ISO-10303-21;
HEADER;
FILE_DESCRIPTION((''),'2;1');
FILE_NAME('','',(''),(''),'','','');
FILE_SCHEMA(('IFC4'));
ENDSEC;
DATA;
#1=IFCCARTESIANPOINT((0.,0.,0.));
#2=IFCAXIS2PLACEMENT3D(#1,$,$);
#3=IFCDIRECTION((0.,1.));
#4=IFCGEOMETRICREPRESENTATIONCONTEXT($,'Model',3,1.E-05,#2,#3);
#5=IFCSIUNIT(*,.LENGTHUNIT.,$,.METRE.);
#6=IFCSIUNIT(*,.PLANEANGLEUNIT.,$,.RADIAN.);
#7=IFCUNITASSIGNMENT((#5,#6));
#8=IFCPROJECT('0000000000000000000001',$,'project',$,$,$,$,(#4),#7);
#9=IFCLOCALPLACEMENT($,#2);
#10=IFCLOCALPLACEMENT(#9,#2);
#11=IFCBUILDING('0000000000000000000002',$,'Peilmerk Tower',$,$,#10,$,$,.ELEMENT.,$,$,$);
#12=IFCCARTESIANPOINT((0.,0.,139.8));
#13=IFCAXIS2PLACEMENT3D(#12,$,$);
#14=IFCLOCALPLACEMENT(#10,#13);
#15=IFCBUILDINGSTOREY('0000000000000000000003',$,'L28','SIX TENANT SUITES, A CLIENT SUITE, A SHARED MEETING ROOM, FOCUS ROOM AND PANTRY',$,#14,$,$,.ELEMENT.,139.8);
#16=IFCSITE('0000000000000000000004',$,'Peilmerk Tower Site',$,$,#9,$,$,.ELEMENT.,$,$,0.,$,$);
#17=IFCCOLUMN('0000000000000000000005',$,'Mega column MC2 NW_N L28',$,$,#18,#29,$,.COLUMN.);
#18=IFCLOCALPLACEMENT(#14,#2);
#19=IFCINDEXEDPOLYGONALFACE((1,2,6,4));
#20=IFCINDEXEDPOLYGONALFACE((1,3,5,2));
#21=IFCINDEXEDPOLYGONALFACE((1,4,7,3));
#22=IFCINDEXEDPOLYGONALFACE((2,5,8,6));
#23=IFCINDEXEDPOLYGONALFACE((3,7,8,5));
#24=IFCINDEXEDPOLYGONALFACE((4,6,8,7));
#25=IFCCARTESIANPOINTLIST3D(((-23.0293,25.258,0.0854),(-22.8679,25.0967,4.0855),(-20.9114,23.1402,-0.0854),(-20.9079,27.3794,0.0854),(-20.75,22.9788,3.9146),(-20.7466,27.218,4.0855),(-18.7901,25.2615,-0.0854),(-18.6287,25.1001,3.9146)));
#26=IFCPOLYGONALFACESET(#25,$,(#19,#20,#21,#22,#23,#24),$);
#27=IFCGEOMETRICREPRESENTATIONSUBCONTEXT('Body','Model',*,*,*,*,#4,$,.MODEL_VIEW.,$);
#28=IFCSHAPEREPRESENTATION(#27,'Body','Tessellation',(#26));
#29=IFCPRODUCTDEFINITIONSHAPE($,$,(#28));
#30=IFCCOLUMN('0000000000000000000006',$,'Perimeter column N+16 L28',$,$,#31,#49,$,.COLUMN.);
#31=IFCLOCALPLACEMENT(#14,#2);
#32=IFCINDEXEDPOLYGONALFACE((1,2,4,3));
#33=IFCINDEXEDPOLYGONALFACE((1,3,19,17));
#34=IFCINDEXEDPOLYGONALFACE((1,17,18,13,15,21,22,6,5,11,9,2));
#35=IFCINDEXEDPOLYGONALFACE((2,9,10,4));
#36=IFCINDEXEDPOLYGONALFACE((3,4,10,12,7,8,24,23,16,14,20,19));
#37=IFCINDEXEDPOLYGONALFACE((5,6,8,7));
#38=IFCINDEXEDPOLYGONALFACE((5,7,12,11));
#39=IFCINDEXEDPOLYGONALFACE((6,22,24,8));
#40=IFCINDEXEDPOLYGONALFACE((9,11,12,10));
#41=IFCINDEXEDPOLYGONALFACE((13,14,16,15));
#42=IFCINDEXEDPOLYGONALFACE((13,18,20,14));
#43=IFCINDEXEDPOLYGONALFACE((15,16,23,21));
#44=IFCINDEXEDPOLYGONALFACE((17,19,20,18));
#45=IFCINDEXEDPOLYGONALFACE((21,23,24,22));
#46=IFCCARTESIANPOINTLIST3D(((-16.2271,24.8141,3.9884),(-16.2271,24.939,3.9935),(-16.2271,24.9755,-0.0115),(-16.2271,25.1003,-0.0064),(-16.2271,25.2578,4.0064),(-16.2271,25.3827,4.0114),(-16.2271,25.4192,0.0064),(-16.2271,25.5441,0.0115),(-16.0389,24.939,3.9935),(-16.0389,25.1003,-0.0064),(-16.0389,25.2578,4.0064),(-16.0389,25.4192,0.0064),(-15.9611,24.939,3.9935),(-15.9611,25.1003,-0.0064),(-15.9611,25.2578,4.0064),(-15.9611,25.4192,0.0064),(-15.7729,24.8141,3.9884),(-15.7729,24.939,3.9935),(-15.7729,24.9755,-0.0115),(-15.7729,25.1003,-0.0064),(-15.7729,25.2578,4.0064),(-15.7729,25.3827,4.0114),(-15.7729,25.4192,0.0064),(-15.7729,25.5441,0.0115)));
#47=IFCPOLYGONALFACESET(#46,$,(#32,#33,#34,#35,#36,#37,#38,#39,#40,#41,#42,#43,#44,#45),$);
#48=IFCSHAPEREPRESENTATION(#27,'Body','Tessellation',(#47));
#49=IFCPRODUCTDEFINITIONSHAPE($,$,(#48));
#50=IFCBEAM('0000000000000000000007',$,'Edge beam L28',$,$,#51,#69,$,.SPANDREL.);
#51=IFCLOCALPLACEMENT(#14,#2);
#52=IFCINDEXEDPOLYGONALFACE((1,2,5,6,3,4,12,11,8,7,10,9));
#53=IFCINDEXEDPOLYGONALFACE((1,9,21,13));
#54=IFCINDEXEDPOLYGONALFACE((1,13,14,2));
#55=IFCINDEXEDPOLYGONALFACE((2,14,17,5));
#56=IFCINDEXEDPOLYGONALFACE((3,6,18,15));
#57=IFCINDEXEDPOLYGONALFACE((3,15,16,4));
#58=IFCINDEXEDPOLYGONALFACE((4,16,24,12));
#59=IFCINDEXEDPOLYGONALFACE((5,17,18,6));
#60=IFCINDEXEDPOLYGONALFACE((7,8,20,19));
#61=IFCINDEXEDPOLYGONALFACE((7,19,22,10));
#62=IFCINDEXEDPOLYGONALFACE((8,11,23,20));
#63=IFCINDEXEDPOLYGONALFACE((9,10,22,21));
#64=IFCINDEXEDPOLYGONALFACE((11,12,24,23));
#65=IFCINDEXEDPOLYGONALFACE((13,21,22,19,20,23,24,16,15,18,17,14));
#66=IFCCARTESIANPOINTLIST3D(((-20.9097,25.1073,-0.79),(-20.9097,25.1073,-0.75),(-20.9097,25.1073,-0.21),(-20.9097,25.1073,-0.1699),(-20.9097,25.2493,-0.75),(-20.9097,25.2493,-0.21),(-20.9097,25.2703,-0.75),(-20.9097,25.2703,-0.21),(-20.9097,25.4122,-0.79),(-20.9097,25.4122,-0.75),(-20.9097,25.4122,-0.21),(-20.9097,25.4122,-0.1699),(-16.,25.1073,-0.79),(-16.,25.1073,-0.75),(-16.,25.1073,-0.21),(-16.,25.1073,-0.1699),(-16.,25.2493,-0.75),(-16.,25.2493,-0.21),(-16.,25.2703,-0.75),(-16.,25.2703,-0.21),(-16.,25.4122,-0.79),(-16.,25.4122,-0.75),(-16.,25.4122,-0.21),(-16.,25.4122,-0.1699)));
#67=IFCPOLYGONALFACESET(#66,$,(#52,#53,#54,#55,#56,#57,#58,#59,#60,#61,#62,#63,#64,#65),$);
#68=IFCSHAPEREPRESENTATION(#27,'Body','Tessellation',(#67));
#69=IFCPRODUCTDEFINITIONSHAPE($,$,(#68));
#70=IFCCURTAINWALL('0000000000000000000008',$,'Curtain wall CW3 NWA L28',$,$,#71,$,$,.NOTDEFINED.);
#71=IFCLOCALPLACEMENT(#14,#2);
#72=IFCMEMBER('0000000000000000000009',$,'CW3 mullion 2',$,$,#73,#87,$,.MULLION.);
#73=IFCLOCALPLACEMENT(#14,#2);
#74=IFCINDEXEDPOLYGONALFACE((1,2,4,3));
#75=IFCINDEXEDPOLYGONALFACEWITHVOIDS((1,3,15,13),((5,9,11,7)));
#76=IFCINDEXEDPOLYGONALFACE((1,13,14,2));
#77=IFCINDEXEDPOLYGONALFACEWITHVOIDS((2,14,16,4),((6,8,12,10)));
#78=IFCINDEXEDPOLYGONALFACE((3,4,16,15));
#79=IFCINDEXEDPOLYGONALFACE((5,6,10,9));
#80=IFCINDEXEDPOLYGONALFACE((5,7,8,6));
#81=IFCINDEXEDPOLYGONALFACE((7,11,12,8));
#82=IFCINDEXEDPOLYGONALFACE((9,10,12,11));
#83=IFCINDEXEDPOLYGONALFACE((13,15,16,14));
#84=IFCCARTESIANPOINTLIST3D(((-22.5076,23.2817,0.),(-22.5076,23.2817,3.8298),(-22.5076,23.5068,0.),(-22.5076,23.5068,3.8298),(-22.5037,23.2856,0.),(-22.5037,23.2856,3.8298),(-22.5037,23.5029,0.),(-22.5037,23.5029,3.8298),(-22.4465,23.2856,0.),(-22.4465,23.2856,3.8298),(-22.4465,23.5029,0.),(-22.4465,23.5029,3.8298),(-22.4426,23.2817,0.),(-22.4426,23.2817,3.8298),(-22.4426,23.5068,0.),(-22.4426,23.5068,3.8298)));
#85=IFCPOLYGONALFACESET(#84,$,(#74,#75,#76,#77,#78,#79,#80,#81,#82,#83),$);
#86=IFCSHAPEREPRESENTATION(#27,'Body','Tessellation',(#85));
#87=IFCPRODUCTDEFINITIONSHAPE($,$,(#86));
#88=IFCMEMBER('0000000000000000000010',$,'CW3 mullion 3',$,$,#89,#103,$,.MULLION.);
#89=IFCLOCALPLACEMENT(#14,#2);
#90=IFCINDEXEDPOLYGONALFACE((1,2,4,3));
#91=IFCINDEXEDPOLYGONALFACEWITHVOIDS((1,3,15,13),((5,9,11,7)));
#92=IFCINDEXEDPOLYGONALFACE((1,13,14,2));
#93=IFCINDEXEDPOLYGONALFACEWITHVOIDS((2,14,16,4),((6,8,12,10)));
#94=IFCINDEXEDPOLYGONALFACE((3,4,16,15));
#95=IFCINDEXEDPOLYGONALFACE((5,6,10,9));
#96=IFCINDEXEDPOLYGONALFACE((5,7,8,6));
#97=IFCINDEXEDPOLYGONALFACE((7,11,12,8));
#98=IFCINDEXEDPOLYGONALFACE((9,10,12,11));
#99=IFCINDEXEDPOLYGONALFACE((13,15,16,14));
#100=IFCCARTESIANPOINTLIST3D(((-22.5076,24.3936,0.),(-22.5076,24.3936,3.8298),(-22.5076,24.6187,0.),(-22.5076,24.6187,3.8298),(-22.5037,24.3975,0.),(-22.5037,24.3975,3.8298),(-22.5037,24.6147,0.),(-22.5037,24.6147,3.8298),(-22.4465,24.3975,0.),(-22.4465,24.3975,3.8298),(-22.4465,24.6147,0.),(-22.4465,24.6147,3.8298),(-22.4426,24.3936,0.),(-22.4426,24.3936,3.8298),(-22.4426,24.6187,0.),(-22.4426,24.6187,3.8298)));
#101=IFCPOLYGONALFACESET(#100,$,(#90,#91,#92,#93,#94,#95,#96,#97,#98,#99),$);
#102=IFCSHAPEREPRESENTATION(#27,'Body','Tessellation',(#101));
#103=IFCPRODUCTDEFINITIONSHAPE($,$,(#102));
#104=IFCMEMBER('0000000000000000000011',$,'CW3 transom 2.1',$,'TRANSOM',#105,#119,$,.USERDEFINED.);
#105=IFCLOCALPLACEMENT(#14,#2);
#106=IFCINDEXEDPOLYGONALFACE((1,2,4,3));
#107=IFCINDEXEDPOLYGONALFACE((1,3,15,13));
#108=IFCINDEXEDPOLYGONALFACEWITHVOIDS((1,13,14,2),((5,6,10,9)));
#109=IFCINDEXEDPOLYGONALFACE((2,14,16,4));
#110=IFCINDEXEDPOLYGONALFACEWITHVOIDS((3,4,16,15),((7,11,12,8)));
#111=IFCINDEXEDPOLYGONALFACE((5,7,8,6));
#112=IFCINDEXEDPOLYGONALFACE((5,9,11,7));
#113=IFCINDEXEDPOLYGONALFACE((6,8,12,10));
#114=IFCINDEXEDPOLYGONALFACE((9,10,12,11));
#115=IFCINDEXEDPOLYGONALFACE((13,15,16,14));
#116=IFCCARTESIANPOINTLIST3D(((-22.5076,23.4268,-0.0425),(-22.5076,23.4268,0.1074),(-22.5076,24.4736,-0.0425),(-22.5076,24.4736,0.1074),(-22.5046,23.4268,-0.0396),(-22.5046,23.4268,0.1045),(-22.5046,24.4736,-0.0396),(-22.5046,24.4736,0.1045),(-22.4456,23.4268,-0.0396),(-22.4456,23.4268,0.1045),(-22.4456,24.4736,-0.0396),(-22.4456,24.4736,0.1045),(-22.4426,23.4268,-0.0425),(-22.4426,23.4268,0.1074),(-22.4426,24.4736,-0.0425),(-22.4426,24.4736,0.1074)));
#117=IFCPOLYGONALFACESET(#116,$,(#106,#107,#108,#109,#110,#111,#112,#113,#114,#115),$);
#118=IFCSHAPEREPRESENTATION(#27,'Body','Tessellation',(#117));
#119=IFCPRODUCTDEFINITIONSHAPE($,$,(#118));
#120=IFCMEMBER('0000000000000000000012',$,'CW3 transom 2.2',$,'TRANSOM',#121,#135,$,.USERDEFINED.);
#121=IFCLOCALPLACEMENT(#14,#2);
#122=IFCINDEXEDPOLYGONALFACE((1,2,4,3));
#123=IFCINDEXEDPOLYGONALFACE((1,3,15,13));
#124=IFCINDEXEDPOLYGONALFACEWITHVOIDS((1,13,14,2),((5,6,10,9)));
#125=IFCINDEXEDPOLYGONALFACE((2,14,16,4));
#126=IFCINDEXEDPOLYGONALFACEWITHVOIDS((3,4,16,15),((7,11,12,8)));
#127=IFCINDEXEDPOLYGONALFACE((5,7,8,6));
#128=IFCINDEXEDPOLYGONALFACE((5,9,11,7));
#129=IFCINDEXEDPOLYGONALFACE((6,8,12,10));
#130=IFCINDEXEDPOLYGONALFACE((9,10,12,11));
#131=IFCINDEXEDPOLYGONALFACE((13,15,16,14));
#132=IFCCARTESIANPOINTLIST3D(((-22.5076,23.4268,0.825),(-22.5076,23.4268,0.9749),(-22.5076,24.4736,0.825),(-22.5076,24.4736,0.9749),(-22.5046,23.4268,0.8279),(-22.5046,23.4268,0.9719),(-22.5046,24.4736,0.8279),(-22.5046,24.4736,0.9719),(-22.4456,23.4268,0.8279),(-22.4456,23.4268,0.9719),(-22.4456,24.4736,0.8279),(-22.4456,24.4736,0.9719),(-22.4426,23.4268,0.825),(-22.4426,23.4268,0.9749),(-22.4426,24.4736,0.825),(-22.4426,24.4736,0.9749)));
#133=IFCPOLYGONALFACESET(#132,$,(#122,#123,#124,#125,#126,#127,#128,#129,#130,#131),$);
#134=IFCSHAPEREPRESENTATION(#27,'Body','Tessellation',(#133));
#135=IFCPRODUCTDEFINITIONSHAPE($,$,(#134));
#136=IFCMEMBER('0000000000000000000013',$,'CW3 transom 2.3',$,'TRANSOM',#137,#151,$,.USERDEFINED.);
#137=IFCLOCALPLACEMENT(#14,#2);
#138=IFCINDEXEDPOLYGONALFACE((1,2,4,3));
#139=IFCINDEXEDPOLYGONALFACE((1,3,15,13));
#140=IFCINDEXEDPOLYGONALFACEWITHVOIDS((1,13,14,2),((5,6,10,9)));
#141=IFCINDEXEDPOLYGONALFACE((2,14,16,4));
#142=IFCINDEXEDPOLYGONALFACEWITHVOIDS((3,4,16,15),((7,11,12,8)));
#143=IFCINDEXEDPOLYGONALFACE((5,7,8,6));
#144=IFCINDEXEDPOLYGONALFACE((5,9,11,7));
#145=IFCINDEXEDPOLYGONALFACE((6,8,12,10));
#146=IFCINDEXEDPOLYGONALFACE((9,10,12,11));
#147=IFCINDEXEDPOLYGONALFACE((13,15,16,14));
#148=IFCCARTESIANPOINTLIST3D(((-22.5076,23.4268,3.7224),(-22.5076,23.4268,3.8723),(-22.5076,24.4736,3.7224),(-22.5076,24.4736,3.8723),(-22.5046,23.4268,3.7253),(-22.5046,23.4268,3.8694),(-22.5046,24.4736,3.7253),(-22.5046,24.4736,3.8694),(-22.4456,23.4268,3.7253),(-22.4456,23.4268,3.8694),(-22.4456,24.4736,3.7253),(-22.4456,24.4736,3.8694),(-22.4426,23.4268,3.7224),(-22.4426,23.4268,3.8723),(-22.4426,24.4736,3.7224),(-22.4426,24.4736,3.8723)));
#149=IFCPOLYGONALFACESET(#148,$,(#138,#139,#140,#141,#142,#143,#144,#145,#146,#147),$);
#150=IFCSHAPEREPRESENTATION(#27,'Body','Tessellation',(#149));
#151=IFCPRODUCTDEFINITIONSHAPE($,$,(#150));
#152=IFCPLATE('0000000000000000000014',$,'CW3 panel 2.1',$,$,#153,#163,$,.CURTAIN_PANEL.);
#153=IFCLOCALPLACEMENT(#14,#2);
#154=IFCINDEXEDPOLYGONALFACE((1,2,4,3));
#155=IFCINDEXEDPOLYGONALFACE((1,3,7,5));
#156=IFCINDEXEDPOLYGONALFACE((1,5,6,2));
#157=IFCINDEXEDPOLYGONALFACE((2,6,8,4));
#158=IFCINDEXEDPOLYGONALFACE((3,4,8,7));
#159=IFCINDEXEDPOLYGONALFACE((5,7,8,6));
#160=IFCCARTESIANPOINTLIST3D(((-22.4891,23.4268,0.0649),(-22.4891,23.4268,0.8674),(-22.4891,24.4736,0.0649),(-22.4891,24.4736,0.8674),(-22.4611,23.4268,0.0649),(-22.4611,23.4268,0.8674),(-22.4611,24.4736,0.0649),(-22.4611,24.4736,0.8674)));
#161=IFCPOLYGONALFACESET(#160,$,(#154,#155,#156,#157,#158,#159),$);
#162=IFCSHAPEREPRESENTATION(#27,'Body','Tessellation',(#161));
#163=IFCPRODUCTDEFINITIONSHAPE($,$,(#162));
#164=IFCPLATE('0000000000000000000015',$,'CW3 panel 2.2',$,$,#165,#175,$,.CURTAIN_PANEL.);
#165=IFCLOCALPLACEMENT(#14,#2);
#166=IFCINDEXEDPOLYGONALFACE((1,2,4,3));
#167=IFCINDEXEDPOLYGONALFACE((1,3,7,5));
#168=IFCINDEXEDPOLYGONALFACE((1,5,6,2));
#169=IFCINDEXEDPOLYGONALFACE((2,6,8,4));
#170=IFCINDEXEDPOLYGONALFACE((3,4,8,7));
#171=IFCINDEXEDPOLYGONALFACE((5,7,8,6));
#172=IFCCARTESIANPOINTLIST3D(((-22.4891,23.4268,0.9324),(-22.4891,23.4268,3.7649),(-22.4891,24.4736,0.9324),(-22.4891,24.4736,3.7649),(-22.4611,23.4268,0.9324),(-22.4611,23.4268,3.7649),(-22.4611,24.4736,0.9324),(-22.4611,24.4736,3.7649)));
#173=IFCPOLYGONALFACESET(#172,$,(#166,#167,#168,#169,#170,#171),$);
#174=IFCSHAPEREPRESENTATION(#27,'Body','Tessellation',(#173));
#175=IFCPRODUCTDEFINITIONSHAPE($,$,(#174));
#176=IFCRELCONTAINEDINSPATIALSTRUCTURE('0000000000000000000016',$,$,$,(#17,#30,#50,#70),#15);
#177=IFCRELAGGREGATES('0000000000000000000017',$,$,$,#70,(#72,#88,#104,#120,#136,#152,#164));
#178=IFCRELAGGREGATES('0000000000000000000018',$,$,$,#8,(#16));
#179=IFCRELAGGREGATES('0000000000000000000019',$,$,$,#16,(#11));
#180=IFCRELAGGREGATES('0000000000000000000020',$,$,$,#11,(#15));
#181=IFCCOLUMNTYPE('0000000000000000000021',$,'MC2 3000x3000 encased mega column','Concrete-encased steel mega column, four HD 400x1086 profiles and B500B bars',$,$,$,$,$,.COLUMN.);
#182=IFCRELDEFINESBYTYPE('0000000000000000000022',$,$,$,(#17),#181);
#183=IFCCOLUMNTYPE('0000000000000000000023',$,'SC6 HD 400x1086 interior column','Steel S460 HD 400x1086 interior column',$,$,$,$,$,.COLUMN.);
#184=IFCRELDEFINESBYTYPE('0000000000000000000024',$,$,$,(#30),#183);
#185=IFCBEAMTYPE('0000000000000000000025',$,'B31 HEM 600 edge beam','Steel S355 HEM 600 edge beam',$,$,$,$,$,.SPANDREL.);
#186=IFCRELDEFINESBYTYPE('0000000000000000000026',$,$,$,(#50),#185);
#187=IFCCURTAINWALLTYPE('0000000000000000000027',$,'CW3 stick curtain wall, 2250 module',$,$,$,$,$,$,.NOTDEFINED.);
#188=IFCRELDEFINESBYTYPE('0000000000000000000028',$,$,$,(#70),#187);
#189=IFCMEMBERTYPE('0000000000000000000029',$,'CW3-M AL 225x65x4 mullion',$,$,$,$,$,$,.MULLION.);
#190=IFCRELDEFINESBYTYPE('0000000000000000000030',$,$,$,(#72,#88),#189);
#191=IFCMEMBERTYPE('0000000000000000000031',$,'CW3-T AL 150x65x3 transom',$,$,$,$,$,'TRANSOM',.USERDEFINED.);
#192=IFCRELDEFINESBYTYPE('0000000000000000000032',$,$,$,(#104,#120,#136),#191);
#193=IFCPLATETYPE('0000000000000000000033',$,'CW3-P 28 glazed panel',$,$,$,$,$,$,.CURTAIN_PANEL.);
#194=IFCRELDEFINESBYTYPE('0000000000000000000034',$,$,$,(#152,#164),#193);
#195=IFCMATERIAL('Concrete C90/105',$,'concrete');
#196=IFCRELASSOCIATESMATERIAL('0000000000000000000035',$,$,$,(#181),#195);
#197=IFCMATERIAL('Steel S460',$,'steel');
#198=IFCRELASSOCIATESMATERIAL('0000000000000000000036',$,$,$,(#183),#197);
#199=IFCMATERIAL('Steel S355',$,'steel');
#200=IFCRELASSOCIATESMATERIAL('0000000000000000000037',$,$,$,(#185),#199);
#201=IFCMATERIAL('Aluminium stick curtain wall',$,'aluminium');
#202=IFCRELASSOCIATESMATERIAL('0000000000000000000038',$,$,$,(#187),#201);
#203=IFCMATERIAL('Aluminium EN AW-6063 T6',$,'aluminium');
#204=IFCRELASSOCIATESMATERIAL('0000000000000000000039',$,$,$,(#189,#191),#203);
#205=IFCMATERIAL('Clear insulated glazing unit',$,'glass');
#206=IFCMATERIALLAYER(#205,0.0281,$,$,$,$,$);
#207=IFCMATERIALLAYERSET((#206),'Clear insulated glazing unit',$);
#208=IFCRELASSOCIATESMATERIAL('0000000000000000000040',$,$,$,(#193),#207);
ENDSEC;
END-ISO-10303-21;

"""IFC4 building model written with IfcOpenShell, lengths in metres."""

from ifc_helpers import new_model, si_unit, direction, frame, origin, origin_2d, place, context, subcontext, project, spatial, rectangle, hollow_rectangle, i_section, extrude, material, layer, layer_set, material_profile, profile_set, type_object, element, aggregate, save


model = new_model("IFC4")

# Units and contexts
model_context = context("Model", 3, precision=1e-05, world=origin(), true_north=direction((0.0, 1.0)))
body_context = subcontext(model_context, "Body", "Model", "MODEL_VIEW")
ifc_project = project(units=[si_unit("LENGTHUNIT", "METRE"), si_unit("PLANEANGLEUNIT", "RADIAN")], contexts=[model_context])

# Site, building, storey
site_placement = place(None, origin())
site = spatial("IfcSite", under=ifc_project, at=site_placement, Name="Peilmerk Tower Site", CompositionType="ELEMENT", RefElevation=0.0)
building_placement = place(site_placement, origin())
building = spatial("IfcBuilding", under=site, at=building_placement, Name="Peilmerk Tower", CompositionType="ELEMENT")
storey_placement = place(building_placement, frame((0.0, 0.0, 139.8)))
storey = spatial("IfcBuildingStorey", under=building, at=storey_placement, Name="L28", Description="SIX TENANT SUITES, A CLIENT SUITE, A SHARED MEETING ROOM, FOCUS ROOM AND PANTRY", CompositionType="ELEMENT", Elevation=139.8)

# Columns
ifc_material_1 = material(Name="Concrete C90/105", Category="concrete")
ifc_material_profile_1 = material_profile(ifc_material_1, rectangle(XDim=3.0, YDim=3.0, at=origin_2d()), Name="RC 3000x3000")
ifc_profile_set_1 = profile_set([ifc_material_profile_1], Name="Concrete C90/105")
column_type_1 = type_object("IfcColumnType", Name="MC2 3000x3000 encased mega column", Description="Concrete-encased steel mega column, four HD 400x1086 profiles and B500B bars", PredefinedType="COLUMN", material=ifc_profile_set_1)
column_1_placement = place(storey_placement, frame((-20.9097, 25.2598, 0.0), z_axis=(0.040279, -0.040279, 0.998376), x_axis=(0.707107, 0.707107, 0.0)))
element("IfcColumn", 1, at=column_1_placement, inside=storey, type_object=column_type_1, Name="Mega column MC2 NW_N L28", PredefinedType="COLUMN", context=body_context, shape_type="SweptSolid", body=[
    extrude(rectangle(XDim=3.0, YDim=3.0, at=origin_2d()), origin(), (0.0, 0.0, 1.0), 4.0066),
])
ifc_material_2 = material(Name="Steel S460", Category="steel")
ifc_material_profile_2 = material_profile(ifc_material_2, i_section(OverallWidth=0.4541, OverallDepth=0.5691, WebThickness=0.0779, FlangeThickness=0.125, at=origin_2d()), Name="HD 400x1086")
ifc_profile_set_2 = profile_set([ifc_material_profile_2], Name="Steel S460")
column_type_2 = type_object("IfcColumnType", Name="SC6 HD 400x1086 interior column", Description="Steel S460 HD 400x1086 interior column", PredefinedType="COLUMN", material=ifc_profile_set_2)
column_2_placement = place(storey_placement, frame((-16.0, 25.2598, 0.0), z_axis=(0.0, -0.040311, 0.999187), x_axis=(1.0, 0.0, 0.0)))
element("IfcColumn", 2, at=column_2_placement, inside=storey, type_object=column_type_2, Name="Perimeter column N+16 L28", PredefinedType="COLUMN", context=body_context, shape_type="SweptSolid", body=[
    extrude(i_section(OverallWidth=0.4541, OverallDepth=0.5691, WebThickness=0.0779, FlangeThickness=0.125, at=origin_2d()), origin(), (0.0, 0.0, 1.0), 4.0032),
])

# Beam
ifc_material_3 = material(Name="Steel S355", Category="steel")
ifc_material_profile_3 = material_profile(ifc_material_3, i_section(OverallWidth=0.3049, OverallDepth=0.6201, WebThickness=0.021, FlangeThickness=0.04, at=origin_2d()), Name="HEM 600")
ifc_profile_set_3 = profile_set([ifc_material_profile_3], Name="Steel S355")
beam_type = type_object("IfcBeamType", Name="B31 HEM 600 edge beam", Description="Steel S355 HEM 600 edge beam", PredefinedType="SPANDREL", material=ifc_profile_set_3)
beam_placement = place(storey_placement, frame((-16.0, 25.2598, -0.48), z_axis=(-1.0, 0.0, 0.0), x_axis=(0.0, -1.0, 0.0)))
element("IfcBeam", 3, at=beam_placement, inside=storey, type_object=beam_type, Name="Edge beam L28", PredefinedType="SPANDREL", context=body_context, shape_type="SweptSolid", body=[
    extrude(i_section(OverallWidth=0.3049, OverallDepth=0.6201, WebThickness=0.021, FlangeThickness=0.04, at=origin_2d()), origin(), (0.0, 0.0, 1.0), 4.9097),
])

# Curtain wall, members, plates
ifc_material_4 = material(Name="Aluminium stick curtain wall", Category="aluminium")
curtain_wall_type = type_object("IfcCurtainWallType", Name="CW3 stick curtain wall, 2250 module", PredefinedType="NOTDEFINED", material=ifc_material_4)
curtain_wall_placement = place(storey_placement, origin())
curtain_wall = element("IfcCurtainWall", 4, at=curtain_wall_placement, inside=storey, type_object=curtain_wall_type, Name="Curtain wall CW3 NWA L28", PredefinedType="NOTDEFINED")
ifc_material_5 = material(Name="Aluminium EN AW-6063 T6", Category="aluminium")
ifc_material_profile_4 = material_profile(ifc_material_5, hollow_rectangle(XDim=0.0649, YDim=0.2251, WallThickness=0.0039, at=origin_2d()), Name="AL 225x65x4")
ifc_profile_set_4 = profile_set([ifc_material_profile_4], Name="Aluminium EN AW-6063 T6")
member_type_1 = type_object("IfcMemberType", Name="CW3-M AL 225x65x4 mullion", PredefinedType="MULLION", material=ifc_profile_set_4)
member_1_placement = place(storey_placement, frame((-22.4751, 23.3943, 0.0), z_axis=(0.0, 0.0, 1.0), x_axis=(-1.0, 0.0, 0.0)))
member_1 = element("IfcMember", 5, at=member_1_placement, type_object=member_type_1, Name="CW3 mullion 2", PredefinedType="MULLION", context=body_context, shape_type="SweptSolid", body=[
    extrude(hollow_rectangle(XDim=0.0649, YDim=0.2251, WallThickness=0.0039, at=origin_2d()), origin(), (0.0, 0.0, 1.0), 3.8298),
])
member_2_placement = place(storey_placement, frame((-22.4751, 24.5061, 0.0), z_axis=(0.0, 0.0, 1.0), x_axis=(-1.0, 0.0, 0.0)))
member_2 = element("IfcMember", 6, at=member_2_placement, type_object=member_type_1, Name="CW3 mullion 3", PredefinedType="MULLION", context=body_context, shape_type="SweptSolid", body=[
    extrude(hollow_rectangle(XDim=0.0649, YDim=0.2251, WallThickness=0.0039, at=origin_2d()), origin(), (0.0, 0.0, 1.0), 3.8298),
])
ifc_material_profile_5 = material_profile(ifc_material_5, hollow_rectangle(XDim=0.0649, YDim=0.1499, WallThickness=0.0029, at=origin_2d()), Name="AL 150x65x3")
ifc_profile_set_5 = profile_set([ifc_material_profile_5], Name="Aluminium EN AW-6063 T6")
member_type_2 = type_object("IfcMemberType", Name="CW3-T AL 150x65x3 transom", ElementType="TRANSOM", PredefinedType="USERDEFINED", material=ifc_profile_set_5)
member_3_placement = place(storey_placement, frame((-22.4751, 23.4268, 0.0325), z_axis=(0.0, 1.0, 0.0), x_axis=(-1.0, 0.0, 0.0)))
member_3 = element("IfcMember", 7, at=member_3_placement, type_object=member_type_2, Name="CW3 transom 2.1", ObjectType="TRANSOM", PredefinedType="USERDEFINED", context=body_context, shape_type="SweptSolid", body=[
    extrude(hollow_rectangle(XDim=0.0649, YDim=0.1499, WallThickness=0.0029, at=origin_2d()), origin(), (0.0, 0.0, 1.0), 1.0469),
])
member_4_placement = place(storey_placement, frame((-22.4751, 23.4268, 0.8999), z_axis=(0.0, 1.0, 0.0), x_axis=(-1.0, 0.0, 0.0)))
member_4 = element("IfcMember", 8, at=member_4_placement, type_object=member_type_2, Name="CW3 transom 2.2", ObjectType="TRANSOM", PredefinedType="USERDEFINED", context=body_context, shape_type="SweptSolid", body=[
    extrude(hollow_rectangle(XDim=0.0649, YDim=0.1499, WallThickness=0.0029, at=origin_2d()), origin(), (0.0, 0.0, 1.0), 1.0469),
])
member_5_placement = place(storey_placement, frame((-22.4751, 23.4268, 3.7974), z_axis=(0.0, 1.0, 0.0), x_axis=(-1.0, 0.0, 0.0)))
member_5 = element("IfcMember", 9, at=member_5_placement, type_object=member_type_2, Name="CW3 transom 2.3", ObjectType="TRANSOM", PredefinedType="USERDEFINED", context=body_context, shape_type="SweptSolid", body=[
    extrude(hollow_rectangle(XDim=0.0649, YDim=0.1499, WallThickness=0.0029, at=origin_2d()), origin(), (0.0, 0.0, 1.0), 1.0469),
])
ifc_material_6 = material(Name="Clear insulated glazing unit", Category="glass")
ifc_layer_1 = layer(ifc_material_6, 0.0281)
ifc_layer_set_1 = layer_set([ifc_layer_1], Name="Clear insulated glazing unit")
plate_type = type_object("IfcPlateType", Name="CW3-P 28 glazed panel", PredefinedType="CURTAIN_PANEL", material=ifc_layer_set_1)
plate_1_placement = place(storey_placement, frame((-22.4751, 23.9502, 0.0649), z_axis=(0.0, 0.0, 1.0), x_axis=(0.0, 1.0, 0.0)))
plate_1 = element("IfcPlate", 10, at=plate_1_placement, type_object=plate_type, Name="CW3 panel 2.1", PredefinedType="CURTAIN_PANEL", context=body_context, shape_type="SweptSolid", body=[
    extrude(rectangle(XDim=1.0469, YDim=0.0281, at=origin_2d()), origin(), (0.0, 0.0, 1.0), 0.8025),
])
plate_2_placement = place(storey_placement, frame((-22.4751, 23.9502, 0.9324), z_axis=(0.0, 0.0, 1.0), x_axis=(0.0, 1.0, 0.0)))
plate_2 = element("IfcPlate", 11, at=plate_2_placement, type_object=plate_type, Name="CW3 panel 2.2", PredefinedType="CURTAIN_PANEL", context=body_context, shape_type="SweptSolid", body=[
    extrude(rectangle(XDim=1.0469, YDim=0.0281, at=origin_2d()), origin(), (0.0, 0.0, 1.0), 2.8325),
])
aggregate(curtain_wall, [member_1, member_2, member_3, member_4, member_5, plate_1, plate_2])

save(model, "model.ifc")
